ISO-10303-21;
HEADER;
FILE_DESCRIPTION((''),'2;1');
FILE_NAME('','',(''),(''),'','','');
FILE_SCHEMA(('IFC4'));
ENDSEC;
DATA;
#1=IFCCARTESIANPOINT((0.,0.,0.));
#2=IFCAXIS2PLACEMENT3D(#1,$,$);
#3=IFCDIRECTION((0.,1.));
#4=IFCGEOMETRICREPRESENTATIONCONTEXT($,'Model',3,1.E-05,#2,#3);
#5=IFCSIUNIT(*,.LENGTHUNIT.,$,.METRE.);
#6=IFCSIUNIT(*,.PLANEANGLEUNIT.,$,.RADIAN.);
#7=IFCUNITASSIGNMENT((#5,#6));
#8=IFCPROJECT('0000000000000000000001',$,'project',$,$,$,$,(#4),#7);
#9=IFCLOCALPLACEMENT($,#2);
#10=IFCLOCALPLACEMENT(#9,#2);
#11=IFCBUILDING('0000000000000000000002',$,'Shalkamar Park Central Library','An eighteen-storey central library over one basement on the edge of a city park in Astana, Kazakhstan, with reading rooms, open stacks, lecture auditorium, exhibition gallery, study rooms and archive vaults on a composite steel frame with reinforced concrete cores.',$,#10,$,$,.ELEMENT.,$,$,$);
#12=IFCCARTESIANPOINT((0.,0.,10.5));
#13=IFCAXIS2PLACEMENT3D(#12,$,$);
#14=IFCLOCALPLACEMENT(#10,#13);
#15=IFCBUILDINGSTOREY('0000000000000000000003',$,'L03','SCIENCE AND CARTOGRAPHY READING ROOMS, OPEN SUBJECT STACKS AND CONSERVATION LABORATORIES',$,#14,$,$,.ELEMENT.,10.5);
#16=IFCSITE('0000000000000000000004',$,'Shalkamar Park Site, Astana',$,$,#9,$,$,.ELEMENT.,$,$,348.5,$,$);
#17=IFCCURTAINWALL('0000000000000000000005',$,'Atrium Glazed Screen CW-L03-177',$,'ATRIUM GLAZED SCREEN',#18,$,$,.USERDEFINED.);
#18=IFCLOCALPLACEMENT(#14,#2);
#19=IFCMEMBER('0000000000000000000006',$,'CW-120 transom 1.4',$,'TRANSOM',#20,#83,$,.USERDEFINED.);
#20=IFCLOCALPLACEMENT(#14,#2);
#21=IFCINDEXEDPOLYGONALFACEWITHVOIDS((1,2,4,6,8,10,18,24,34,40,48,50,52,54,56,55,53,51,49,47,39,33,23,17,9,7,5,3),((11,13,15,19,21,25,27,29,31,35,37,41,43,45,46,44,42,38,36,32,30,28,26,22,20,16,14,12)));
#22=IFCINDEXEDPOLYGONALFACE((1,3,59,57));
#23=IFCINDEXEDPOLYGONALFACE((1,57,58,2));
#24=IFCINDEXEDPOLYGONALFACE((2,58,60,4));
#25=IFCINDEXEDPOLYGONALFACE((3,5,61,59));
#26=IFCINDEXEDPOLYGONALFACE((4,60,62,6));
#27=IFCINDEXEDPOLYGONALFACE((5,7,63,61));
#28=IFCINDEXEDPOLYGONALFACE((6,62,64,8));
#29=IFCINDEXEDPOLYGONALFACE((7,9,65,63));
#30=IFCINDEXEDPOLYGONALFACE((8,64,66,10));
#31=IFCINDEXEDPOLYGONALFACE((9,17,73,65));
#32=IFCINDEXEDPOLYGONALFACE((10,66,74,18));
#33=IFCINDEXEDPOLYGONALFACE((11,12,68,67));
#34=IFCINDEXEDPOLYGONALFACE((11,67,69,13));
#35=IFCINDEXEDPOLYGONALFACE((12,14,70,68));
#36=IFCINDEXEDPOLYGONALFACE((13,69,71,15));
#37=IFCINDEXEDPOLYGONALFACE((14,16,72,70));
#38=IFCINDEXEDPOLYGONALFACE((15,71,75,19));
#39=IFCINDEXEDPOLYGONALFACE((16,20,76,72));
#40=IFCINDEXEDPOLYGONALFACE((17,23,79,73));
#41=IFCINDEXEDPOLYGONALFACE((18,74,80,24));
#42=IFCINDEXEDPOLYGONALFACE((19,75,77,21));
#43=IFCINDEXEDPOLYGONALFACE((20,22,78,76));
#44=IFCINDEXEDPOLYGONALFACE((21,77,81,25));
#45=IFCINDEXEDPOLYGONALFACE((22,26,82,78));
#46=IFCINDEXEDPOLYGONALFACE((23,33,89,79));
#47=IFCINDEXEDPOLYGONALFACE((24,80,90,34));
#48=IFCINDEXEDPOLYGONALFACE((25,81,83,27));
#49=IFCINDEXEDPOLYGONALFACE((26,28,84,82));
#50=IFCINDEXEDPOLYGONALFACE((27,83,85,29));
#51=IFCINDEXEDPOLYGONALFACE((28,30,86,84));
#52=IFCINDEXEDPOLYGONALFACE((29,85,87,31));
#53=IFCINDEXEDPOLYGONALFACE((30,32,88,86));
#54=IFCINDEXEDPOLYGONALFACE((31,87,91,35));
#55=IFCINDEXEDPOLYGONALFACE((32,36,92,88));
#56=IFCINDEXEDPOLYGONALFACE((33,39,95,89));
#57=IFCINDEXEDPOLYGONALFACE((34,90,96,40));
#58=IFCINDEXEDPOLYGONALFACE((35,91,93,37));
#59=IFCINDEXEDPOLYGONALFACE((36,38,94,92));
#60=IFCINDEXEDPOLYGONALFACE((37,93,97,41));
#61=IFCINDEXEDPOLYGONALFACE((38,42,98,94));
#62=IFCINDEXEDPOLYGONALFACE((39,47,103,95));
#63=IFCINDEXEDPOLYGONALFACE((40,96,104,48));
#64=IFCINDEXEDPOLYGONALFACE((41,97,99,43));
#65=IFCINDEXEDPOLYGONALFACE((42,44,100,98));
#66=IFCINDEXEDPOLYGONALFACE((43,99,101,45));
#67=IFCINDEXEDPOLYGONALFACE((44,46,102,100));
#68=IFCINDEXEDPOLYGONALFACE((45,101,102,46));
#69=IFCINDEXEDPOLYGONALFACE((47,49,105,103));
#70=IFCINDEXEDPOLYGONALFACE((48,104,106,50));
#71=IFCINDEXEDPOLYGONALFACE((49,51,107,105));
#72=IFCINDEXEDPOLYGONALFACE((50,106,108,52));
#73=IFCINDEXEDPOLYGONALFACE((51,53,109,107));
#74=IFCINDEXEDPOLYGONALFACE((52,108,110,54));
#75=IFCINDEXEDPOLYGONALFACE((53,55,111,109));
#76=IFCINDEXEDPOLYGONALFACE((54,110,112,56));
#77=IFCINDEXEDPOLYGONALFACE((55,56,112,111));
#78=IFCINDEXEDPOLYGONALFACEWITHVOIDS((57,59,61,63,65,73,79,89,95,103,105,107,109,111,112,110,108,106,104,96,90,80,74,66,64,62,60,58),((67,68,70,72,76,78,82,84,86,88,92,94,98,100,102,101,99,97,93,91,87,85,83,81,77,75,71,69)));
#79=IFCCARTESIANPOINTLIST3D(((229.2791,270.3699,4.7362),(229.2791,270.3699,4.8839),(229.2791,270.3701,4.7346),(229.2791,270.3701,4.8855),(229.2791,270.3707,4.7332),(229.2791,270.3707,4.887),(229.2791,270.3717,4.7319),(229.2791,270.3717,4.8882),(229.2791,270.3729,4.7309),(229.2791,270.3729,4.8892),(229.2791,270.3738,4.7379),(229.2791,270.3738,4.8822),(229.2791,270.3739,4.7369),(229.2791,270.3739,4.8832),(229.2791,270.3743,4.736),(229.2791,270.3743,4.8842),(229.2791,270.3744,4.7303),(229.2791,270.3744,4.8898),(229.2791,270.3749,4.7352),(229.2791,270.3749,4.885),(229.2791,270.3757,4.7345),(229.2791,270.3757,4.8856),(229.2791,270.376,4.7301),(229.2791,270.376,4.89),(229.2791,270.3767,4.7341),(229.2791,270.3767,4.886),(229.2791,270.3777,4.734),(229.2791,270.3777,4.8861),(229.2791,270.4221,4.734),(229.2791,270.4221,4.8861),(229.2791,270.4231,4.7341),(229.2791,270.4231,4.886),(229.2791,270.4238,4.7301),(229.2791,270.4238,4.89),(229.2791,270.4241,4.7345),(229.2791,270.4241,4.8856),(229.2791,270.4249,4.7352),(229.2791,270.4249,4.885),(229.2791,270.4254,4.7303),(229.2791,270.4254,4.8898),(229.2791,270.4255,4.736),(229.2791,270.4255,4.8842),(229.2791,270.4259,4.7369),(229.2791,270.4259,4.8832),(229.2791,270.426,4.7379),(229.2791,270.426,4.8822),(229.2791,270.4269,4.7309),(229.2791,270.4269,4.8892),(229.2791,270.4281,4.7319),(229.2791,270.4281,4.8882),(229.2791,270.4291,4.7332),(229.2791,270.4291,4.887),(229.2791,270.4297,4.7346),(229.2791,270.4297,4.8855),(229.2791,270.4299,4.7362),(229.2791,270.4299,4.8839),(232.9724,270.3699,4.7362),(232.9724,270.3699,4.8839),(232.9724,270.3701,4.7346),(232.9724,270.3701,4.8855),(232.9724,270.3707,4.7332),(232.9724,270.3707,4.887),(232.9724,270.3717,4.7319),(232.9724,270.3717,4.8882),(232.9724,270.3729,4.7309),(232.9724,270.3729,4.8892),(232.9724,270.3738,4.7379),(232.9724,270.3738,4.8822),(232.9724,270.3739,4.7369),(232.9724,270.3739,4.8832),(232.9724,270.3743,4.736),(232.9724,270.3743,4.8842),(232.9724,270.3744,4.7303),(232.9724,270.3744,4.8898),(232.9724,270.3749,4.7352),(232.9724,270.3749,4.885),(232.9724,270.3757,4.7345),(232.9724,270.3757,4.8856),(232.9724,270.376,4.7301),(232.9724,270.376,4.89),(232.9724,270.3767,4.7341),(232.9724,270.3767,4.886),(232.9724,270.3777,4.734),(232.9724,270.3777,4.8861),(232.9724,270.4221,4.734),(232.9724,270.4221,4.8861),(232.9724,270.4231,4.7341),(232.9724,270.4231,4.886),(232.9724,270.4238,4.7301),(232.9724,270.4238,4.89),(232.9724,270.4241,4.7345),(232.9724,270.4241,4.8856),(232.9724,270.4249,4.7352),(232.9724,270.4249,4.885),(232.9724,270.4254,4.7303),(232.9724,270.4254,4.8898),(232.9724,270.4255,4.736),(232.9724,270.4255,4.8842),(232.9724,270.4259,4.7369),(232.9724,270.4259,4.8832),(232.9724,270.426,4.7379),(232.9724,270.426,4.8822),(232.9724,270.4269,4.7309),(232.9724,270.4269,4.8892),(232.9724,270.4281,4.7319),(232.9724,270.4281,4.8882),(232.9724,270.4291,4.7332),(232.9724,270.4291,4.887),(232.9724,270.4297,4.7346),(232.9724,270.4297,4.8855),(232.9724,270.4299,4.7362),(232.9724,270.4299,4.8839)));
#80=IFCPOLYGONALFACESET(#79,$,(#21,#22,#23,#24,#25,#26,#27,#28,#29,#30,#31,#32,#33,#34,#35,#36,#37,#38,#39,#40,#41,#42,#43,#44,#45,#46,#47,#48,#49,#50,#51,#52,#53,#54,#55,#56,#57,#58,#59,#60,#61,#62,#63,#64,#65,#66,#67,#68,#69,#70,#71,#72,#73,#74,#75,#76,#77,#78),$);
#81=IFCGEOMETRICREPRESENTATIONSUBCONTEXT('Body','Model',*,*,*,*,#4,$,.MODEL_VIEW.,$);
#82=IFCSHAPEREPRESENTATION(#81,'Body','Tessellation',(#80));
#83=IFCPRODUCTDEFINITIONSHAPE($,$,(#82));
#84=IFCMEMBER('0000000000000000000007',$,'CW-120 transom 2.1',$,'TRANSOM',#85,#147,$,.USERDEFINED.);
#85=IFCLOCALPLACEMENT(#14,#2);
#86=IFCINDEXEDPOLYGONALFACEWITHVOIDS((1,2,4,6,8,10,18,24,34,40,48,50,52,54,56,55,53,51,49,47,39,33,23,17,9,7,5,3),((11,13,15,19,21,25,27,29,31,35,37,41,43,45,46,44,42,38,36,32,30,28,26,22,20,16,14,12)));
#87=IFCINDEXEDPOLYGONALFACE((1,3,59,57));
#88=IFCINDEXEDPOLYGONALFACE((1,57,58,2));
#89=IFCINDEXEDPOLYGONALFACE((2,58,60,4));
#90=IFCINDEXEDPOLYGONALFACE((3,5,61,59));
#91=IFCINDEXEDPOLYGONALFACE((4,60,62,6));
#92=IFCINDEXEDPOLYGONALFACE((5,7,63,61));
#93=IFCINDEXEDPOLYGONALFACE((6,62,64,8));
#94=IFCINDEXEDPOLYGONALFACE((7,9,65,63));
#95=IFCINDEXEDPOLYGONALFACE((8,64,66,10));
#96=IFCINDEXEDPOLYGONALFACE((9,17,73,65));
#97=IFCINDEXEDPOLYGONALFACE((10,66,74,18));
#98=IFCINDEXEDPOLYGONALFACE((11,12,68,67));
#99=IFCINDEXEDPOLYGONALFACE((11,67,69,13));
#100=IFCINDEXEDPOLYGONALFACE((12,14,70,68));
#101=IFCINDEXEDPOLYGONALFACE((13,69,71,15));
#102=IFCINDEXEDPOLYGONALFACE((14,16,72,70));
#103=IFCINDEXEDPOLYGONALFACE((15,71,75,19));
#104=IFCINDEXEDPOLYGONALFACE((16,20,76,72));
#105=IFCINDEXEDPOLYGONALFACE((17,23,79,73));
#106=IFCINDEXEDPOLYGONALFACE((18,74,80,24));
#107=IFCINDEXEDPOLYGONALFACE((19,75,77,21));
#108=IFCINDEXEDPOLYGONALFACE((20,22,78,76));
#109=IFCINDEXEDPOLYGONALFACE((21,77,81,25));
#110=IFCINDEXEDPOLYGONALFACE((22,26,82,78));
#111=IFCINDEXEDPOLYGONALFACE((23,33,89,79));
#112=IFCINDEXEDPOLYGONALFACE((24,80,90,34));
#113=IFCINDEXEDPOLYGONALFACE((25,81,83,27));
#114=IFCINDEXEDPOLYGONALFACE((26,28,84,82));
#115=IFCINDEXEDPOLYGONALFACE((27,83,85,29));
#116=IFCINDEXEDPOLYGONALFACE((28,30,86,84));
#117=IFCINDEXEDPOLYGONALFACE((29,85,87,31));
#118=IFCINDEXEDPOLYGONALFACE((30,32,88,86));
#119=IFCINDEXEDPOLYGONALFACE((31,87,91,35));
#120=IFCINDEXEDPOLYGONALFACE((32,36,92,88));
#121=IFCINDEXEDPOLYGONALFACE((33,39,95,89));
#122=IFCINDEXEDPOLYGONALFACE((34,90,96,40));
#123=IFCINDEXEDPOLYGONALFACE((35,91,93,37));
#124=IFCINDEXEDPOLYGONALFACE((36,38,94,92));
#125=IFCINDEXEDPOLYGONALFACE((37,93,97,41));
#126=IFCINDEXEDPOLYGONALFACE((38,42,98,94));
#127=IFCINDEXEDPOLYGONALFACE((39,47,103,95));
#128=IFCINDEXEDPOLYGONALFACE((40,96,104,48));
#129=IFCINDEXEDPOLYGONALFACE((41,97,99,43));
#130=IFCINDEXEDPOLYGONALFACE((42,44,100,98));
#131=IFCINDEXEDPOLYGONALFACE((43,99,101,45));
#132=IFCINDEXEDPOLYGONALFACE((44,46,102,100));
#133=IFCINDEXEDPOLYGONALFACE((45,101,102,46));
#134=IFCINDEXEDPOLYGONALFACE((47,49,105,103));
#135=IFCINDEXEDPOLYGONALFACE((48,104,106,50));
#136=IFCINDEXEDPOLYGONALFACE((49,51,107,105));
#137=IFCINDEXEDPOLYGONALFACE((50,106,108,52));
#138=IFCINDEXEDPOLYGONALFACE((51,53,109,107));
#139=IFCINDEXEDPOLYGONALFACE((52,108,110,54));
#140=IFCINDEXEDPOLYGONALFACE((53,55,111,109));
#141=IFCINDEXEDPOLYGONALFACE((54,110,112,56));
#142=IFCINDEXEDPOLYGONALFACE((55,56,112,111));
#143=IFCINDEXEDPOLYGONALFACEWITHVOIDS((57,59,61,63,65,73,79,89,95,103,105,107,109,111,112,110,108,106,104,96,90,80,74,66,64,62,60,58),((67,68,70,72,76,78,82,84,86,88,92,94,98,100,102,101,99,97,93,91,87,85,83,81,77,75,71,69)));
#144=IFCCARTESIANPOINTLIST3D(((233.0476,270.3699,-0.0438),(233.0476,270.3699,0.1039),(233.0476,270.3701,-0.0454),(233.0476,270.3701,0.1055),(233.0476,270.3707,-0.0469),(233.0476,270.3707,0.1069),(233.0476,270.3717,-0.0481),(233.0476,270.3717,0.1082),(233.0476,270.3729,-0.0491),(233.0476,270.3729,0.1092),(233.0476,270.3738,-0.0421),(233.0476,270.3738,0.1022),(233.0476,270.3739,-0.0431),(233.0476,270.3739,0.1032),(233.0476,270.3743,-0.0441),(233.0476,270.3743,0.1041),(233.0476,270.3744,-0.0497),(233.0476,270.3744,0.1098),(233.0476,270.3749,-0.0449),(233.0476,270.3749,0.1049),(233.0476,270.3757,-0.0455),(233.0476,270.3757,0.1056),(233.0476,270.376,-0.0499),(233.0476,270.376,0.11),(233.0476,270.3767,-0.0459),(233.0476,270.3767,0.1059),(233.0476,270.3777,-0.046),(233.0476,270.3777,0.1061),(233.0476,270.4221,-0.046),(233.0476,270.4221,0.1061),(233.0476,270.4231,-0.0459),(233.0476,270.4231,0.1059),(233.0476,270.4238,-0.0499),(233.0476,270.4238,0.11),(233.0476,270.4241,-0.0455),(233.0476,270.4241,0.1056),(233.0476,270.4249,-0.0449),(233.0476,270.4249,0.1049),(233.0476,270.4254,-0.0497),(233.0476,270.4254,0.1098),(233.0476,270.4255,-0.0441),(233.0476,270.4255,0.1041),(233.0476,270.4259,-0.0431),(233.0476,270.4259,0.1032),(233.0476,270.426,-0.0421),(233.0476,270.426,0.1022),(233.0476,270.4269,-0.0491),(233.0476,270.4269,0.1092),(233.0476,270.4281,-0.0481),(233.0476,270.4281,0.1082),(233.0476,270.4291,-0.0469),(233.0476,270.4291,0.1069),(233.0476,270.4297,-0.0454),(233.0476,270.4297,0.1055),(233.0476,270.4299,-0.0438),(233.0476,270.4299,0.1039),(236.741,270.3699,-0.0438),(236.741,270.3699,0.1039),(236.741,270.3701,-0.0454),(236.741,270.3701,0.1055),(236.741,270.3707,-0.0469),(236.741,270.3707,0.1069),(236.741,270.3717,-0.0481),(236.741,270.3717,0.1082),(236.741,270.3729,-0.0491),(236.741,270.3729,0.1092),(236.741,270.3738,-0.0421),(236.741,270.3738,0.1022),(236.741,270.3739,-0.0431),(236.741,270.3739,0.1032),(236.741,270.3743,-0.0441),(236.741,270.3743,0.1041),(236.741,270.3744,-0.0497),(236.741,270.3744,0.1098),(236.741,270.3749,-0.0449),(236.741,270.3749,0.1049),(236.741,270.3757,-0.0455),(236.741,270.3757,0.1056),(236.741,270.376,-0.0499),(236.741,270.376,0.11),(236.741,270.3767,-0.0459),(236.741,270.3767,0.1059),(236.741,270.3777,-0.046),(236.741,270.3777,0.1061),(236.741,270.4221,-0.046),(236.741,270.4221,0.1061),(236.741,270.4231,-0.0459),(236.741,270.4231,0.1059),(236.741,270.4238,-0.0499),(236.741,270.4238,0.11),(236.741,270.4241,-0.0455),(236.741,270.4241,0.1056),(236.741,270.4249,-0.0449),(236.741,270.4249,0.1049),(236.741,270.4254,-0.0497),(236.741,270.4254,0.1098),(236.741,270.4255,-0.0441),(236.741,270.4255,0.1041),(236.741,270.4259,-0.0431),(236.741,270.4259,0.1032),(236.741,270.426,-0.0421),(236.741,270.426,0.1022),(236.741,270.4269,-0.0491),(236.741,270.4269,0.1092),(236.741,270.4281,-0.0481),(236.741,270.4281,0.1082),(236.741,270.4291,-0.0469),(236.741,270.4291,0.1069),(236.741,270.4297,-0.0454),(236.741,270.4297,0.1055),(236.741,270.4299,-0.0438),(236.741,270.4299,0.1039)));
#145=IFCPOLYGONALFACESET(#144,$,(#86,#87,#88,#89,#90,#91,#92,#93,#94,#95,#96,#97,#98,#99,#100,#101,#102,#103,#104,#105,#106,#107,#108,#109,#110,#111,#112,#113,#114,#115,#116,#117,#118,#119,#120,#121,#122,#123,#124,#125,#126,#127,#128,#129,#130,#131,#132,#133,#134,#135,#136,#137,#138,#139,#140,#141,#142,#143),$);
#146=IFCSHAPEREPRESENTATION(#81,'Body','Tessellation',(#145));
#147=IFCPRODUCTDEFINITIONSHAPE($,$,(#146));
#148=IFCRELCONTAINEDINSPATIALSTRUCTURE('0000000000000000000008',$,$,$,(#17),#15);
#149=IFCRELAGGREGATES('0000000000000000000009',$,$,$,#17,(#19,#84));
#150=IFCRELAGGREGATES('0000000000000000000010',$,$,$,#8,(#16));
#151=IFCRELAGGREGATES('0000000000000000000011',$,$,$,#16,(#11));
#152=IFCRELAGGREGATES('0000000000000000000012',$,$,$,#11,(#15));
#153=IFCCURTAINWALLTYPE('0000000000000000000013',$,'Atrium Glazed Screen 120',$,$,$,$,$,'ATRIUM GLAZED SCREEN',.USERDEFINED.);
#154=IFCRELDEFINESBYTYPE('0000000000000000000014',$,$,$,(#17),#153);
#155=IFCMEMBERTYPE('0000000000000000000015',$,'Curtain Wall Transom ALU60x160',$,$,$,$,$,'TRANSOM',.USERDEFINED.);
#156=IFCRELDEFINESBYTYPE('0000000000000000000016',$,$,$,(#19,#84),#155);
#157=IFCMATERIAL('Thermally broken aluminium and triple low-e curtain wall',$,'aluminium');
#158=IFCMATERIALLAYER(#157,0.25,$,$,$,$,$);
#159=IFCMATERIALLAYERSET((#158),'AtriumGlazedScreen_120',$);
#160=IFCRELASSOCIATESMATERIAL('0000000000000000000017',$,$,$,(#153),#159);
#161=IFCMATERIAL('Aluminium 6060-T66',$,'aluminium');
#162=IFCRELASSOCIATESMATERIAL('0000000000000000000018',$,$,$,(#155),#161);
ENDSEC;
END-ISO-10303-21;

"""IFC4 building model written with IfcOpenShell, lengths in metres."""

from ifc_helpers import new_model, si_unit, direction, frame, origin, origin_2d, place, context, subcontext, project, spatial, hollow_rectangle, extrude, material, layer, layer_set, material_profile, profile_set, type_object, element, aggregate, save


model = new_model("IFC4")

# Units and contexts
model_context = context("Model", 3, precision=1e-05, world=origin(), true_north=direction((0.0, 1.0)))
body_context = subcontext(model_context, "Body", "Model", "MODEL_VIEW")
ifc_project = project(units=[si_unit("LENGTHUNIT", "METRE"), si_unit("PLANEANGLEUNIT", "RADIAN")], contexts=[model_context])

# Site, building, storey
site_placement = place(None, origin())
site = spatial("IfcSite", under=ifc_project, at=site_placement, Name="Shalkamar Park Site, Astana", CompositionType="ELEMENT", RefElevation=348.5)
building_placement = place(site_placement, origin())
building = spatial("IfcBuilding", under=site, at=building_placement, Name="Shalkamar Park Central Library", Description="An eighteen-storey central library over one basement on the edge of a city park in Astana, Kazakhstan, with reading rooms, open stacks, lecture auditorium, exhibition gallery, study rooms and archive vaults on a composite steel frame with reinforced concrete cores.", CompositionType="ELEMENT")
storey_placement = place(building_placement, frame((0.0, 0.0, 10.5)))
storey = spatial("IfcBuildingStorey", under=building, at=storey_placement, Name="L03", Description="SCIENCE AND CARTOGRAPHY READING ROOMS, OPEN SUBJECT STACKS AND CONSERVATION LABORATORIES", CompositionType="ELEMENT", Elevation=10.5)

# Curtain wall
ifc_material_1 = material(Name="Thermally broken aluminium and triple low-e curtain wall", Category="aluminium")
ifc_layer_1 = layer(ifc_material_1, 0.25)
ifc_layer_set_1 = layer_set([ifc_layer_1], Name="AtriumGlazedScreen_120")
curtain_wall_type_1 = type_object("IfcCurtainWallType", Name="Atrium Glazed Screen 120", ElementType="ATRIUM GLAZED SCREEN", PredefinedType="USERDEFINED", material=ifc_layer_set_1)
curtain_wall_1_placement = place(storey_placement, origin())
curtain_wall_1 = element("IfcCurtainWall", 1, at=curtain_wall_1_placement, inside=storey, type_object=curtain_wall_type_1, Name="Atrium Glazed Screen CW-L03-177", ObjectType="ATRIUM GLAZED SCREEN", PredefinedType="USERDEFINED")
ifc_material_2 = material(Name="Aluminium 6060-T66", Category="aluminium")

# Members
ifc_material_profile_1 = material_profile(ifc_material_2, hollow_rectangle(XDim=0.0601, YDim=0.1599, WallThickness=0.0039, InnerFilletRadius=0.0039, OuterFilletRadius=0.0061, at=origin_2d()), Name="ALU 60x160x4")
ifc_profile_set_1 = profile_set([ifc_material_profile_1], Name="Aluminium 6060-T66")
member_type_1 = type_object("IfcMemberType", Name="Curtain Wall Transom ALU60x160", ElementType="TRANSOM", PredefinedType="USERDEFINED", material=ifc_profile_set_1)
member_1_placement = place(storey_placement, frame((229.2791, 270.3999, 4.8101), z_axis=(1.0, 0.0, 0.0), x_axis=(0.0, 1.0, 0.0)))
member_1 = element("IfcMember", 2, at=member_1_placement, type_object=member_type_1, Name="CW-120 transom 1.4", ObjectType="TRANSOM", PredefinedType="USERDEFINED", context=body_context, shape_type="SweptSolid", body=[
    extrude(hollow_rectangle(XDim=0.0601, YDim=0.1599, WallThickness=0.0039, InnerFilletRadius=0.0039, OuterFilletRadius=0.0061, at=origin_2d()), origin(), (0.0, 0.0, 1.0), 3.6934),
])
member_2_placement = place(storey_placement, frame((233.0476, 270.3999, 0.03), z_axis=(1.0, 0.0, 0.0), x_axis=(0.0, 1.0, 0.0)))
member_2 = element("IfcMember", 3, at=member_2_placement, type_object=member_type_1, Name="CW-120 transom 2.1", ObjectType="TRANSOM", PredefinedType="USERDEFINED", context=body_context, shape_type="SweptSolid", body=[
    extrude(hollow_rectangle(XDim=0.0601, YDim=0.1599, WallThickness=0.0039, InnerFilletRadius=0.0039, OuterFilletRadius=0.0061, at=origin_2d()), origin(), (0.0, 0.0, 1.0), 3.6934),
])

aggregate(curtain_wall_1, [member_1, member_2])

save(model, "model.ifc")
